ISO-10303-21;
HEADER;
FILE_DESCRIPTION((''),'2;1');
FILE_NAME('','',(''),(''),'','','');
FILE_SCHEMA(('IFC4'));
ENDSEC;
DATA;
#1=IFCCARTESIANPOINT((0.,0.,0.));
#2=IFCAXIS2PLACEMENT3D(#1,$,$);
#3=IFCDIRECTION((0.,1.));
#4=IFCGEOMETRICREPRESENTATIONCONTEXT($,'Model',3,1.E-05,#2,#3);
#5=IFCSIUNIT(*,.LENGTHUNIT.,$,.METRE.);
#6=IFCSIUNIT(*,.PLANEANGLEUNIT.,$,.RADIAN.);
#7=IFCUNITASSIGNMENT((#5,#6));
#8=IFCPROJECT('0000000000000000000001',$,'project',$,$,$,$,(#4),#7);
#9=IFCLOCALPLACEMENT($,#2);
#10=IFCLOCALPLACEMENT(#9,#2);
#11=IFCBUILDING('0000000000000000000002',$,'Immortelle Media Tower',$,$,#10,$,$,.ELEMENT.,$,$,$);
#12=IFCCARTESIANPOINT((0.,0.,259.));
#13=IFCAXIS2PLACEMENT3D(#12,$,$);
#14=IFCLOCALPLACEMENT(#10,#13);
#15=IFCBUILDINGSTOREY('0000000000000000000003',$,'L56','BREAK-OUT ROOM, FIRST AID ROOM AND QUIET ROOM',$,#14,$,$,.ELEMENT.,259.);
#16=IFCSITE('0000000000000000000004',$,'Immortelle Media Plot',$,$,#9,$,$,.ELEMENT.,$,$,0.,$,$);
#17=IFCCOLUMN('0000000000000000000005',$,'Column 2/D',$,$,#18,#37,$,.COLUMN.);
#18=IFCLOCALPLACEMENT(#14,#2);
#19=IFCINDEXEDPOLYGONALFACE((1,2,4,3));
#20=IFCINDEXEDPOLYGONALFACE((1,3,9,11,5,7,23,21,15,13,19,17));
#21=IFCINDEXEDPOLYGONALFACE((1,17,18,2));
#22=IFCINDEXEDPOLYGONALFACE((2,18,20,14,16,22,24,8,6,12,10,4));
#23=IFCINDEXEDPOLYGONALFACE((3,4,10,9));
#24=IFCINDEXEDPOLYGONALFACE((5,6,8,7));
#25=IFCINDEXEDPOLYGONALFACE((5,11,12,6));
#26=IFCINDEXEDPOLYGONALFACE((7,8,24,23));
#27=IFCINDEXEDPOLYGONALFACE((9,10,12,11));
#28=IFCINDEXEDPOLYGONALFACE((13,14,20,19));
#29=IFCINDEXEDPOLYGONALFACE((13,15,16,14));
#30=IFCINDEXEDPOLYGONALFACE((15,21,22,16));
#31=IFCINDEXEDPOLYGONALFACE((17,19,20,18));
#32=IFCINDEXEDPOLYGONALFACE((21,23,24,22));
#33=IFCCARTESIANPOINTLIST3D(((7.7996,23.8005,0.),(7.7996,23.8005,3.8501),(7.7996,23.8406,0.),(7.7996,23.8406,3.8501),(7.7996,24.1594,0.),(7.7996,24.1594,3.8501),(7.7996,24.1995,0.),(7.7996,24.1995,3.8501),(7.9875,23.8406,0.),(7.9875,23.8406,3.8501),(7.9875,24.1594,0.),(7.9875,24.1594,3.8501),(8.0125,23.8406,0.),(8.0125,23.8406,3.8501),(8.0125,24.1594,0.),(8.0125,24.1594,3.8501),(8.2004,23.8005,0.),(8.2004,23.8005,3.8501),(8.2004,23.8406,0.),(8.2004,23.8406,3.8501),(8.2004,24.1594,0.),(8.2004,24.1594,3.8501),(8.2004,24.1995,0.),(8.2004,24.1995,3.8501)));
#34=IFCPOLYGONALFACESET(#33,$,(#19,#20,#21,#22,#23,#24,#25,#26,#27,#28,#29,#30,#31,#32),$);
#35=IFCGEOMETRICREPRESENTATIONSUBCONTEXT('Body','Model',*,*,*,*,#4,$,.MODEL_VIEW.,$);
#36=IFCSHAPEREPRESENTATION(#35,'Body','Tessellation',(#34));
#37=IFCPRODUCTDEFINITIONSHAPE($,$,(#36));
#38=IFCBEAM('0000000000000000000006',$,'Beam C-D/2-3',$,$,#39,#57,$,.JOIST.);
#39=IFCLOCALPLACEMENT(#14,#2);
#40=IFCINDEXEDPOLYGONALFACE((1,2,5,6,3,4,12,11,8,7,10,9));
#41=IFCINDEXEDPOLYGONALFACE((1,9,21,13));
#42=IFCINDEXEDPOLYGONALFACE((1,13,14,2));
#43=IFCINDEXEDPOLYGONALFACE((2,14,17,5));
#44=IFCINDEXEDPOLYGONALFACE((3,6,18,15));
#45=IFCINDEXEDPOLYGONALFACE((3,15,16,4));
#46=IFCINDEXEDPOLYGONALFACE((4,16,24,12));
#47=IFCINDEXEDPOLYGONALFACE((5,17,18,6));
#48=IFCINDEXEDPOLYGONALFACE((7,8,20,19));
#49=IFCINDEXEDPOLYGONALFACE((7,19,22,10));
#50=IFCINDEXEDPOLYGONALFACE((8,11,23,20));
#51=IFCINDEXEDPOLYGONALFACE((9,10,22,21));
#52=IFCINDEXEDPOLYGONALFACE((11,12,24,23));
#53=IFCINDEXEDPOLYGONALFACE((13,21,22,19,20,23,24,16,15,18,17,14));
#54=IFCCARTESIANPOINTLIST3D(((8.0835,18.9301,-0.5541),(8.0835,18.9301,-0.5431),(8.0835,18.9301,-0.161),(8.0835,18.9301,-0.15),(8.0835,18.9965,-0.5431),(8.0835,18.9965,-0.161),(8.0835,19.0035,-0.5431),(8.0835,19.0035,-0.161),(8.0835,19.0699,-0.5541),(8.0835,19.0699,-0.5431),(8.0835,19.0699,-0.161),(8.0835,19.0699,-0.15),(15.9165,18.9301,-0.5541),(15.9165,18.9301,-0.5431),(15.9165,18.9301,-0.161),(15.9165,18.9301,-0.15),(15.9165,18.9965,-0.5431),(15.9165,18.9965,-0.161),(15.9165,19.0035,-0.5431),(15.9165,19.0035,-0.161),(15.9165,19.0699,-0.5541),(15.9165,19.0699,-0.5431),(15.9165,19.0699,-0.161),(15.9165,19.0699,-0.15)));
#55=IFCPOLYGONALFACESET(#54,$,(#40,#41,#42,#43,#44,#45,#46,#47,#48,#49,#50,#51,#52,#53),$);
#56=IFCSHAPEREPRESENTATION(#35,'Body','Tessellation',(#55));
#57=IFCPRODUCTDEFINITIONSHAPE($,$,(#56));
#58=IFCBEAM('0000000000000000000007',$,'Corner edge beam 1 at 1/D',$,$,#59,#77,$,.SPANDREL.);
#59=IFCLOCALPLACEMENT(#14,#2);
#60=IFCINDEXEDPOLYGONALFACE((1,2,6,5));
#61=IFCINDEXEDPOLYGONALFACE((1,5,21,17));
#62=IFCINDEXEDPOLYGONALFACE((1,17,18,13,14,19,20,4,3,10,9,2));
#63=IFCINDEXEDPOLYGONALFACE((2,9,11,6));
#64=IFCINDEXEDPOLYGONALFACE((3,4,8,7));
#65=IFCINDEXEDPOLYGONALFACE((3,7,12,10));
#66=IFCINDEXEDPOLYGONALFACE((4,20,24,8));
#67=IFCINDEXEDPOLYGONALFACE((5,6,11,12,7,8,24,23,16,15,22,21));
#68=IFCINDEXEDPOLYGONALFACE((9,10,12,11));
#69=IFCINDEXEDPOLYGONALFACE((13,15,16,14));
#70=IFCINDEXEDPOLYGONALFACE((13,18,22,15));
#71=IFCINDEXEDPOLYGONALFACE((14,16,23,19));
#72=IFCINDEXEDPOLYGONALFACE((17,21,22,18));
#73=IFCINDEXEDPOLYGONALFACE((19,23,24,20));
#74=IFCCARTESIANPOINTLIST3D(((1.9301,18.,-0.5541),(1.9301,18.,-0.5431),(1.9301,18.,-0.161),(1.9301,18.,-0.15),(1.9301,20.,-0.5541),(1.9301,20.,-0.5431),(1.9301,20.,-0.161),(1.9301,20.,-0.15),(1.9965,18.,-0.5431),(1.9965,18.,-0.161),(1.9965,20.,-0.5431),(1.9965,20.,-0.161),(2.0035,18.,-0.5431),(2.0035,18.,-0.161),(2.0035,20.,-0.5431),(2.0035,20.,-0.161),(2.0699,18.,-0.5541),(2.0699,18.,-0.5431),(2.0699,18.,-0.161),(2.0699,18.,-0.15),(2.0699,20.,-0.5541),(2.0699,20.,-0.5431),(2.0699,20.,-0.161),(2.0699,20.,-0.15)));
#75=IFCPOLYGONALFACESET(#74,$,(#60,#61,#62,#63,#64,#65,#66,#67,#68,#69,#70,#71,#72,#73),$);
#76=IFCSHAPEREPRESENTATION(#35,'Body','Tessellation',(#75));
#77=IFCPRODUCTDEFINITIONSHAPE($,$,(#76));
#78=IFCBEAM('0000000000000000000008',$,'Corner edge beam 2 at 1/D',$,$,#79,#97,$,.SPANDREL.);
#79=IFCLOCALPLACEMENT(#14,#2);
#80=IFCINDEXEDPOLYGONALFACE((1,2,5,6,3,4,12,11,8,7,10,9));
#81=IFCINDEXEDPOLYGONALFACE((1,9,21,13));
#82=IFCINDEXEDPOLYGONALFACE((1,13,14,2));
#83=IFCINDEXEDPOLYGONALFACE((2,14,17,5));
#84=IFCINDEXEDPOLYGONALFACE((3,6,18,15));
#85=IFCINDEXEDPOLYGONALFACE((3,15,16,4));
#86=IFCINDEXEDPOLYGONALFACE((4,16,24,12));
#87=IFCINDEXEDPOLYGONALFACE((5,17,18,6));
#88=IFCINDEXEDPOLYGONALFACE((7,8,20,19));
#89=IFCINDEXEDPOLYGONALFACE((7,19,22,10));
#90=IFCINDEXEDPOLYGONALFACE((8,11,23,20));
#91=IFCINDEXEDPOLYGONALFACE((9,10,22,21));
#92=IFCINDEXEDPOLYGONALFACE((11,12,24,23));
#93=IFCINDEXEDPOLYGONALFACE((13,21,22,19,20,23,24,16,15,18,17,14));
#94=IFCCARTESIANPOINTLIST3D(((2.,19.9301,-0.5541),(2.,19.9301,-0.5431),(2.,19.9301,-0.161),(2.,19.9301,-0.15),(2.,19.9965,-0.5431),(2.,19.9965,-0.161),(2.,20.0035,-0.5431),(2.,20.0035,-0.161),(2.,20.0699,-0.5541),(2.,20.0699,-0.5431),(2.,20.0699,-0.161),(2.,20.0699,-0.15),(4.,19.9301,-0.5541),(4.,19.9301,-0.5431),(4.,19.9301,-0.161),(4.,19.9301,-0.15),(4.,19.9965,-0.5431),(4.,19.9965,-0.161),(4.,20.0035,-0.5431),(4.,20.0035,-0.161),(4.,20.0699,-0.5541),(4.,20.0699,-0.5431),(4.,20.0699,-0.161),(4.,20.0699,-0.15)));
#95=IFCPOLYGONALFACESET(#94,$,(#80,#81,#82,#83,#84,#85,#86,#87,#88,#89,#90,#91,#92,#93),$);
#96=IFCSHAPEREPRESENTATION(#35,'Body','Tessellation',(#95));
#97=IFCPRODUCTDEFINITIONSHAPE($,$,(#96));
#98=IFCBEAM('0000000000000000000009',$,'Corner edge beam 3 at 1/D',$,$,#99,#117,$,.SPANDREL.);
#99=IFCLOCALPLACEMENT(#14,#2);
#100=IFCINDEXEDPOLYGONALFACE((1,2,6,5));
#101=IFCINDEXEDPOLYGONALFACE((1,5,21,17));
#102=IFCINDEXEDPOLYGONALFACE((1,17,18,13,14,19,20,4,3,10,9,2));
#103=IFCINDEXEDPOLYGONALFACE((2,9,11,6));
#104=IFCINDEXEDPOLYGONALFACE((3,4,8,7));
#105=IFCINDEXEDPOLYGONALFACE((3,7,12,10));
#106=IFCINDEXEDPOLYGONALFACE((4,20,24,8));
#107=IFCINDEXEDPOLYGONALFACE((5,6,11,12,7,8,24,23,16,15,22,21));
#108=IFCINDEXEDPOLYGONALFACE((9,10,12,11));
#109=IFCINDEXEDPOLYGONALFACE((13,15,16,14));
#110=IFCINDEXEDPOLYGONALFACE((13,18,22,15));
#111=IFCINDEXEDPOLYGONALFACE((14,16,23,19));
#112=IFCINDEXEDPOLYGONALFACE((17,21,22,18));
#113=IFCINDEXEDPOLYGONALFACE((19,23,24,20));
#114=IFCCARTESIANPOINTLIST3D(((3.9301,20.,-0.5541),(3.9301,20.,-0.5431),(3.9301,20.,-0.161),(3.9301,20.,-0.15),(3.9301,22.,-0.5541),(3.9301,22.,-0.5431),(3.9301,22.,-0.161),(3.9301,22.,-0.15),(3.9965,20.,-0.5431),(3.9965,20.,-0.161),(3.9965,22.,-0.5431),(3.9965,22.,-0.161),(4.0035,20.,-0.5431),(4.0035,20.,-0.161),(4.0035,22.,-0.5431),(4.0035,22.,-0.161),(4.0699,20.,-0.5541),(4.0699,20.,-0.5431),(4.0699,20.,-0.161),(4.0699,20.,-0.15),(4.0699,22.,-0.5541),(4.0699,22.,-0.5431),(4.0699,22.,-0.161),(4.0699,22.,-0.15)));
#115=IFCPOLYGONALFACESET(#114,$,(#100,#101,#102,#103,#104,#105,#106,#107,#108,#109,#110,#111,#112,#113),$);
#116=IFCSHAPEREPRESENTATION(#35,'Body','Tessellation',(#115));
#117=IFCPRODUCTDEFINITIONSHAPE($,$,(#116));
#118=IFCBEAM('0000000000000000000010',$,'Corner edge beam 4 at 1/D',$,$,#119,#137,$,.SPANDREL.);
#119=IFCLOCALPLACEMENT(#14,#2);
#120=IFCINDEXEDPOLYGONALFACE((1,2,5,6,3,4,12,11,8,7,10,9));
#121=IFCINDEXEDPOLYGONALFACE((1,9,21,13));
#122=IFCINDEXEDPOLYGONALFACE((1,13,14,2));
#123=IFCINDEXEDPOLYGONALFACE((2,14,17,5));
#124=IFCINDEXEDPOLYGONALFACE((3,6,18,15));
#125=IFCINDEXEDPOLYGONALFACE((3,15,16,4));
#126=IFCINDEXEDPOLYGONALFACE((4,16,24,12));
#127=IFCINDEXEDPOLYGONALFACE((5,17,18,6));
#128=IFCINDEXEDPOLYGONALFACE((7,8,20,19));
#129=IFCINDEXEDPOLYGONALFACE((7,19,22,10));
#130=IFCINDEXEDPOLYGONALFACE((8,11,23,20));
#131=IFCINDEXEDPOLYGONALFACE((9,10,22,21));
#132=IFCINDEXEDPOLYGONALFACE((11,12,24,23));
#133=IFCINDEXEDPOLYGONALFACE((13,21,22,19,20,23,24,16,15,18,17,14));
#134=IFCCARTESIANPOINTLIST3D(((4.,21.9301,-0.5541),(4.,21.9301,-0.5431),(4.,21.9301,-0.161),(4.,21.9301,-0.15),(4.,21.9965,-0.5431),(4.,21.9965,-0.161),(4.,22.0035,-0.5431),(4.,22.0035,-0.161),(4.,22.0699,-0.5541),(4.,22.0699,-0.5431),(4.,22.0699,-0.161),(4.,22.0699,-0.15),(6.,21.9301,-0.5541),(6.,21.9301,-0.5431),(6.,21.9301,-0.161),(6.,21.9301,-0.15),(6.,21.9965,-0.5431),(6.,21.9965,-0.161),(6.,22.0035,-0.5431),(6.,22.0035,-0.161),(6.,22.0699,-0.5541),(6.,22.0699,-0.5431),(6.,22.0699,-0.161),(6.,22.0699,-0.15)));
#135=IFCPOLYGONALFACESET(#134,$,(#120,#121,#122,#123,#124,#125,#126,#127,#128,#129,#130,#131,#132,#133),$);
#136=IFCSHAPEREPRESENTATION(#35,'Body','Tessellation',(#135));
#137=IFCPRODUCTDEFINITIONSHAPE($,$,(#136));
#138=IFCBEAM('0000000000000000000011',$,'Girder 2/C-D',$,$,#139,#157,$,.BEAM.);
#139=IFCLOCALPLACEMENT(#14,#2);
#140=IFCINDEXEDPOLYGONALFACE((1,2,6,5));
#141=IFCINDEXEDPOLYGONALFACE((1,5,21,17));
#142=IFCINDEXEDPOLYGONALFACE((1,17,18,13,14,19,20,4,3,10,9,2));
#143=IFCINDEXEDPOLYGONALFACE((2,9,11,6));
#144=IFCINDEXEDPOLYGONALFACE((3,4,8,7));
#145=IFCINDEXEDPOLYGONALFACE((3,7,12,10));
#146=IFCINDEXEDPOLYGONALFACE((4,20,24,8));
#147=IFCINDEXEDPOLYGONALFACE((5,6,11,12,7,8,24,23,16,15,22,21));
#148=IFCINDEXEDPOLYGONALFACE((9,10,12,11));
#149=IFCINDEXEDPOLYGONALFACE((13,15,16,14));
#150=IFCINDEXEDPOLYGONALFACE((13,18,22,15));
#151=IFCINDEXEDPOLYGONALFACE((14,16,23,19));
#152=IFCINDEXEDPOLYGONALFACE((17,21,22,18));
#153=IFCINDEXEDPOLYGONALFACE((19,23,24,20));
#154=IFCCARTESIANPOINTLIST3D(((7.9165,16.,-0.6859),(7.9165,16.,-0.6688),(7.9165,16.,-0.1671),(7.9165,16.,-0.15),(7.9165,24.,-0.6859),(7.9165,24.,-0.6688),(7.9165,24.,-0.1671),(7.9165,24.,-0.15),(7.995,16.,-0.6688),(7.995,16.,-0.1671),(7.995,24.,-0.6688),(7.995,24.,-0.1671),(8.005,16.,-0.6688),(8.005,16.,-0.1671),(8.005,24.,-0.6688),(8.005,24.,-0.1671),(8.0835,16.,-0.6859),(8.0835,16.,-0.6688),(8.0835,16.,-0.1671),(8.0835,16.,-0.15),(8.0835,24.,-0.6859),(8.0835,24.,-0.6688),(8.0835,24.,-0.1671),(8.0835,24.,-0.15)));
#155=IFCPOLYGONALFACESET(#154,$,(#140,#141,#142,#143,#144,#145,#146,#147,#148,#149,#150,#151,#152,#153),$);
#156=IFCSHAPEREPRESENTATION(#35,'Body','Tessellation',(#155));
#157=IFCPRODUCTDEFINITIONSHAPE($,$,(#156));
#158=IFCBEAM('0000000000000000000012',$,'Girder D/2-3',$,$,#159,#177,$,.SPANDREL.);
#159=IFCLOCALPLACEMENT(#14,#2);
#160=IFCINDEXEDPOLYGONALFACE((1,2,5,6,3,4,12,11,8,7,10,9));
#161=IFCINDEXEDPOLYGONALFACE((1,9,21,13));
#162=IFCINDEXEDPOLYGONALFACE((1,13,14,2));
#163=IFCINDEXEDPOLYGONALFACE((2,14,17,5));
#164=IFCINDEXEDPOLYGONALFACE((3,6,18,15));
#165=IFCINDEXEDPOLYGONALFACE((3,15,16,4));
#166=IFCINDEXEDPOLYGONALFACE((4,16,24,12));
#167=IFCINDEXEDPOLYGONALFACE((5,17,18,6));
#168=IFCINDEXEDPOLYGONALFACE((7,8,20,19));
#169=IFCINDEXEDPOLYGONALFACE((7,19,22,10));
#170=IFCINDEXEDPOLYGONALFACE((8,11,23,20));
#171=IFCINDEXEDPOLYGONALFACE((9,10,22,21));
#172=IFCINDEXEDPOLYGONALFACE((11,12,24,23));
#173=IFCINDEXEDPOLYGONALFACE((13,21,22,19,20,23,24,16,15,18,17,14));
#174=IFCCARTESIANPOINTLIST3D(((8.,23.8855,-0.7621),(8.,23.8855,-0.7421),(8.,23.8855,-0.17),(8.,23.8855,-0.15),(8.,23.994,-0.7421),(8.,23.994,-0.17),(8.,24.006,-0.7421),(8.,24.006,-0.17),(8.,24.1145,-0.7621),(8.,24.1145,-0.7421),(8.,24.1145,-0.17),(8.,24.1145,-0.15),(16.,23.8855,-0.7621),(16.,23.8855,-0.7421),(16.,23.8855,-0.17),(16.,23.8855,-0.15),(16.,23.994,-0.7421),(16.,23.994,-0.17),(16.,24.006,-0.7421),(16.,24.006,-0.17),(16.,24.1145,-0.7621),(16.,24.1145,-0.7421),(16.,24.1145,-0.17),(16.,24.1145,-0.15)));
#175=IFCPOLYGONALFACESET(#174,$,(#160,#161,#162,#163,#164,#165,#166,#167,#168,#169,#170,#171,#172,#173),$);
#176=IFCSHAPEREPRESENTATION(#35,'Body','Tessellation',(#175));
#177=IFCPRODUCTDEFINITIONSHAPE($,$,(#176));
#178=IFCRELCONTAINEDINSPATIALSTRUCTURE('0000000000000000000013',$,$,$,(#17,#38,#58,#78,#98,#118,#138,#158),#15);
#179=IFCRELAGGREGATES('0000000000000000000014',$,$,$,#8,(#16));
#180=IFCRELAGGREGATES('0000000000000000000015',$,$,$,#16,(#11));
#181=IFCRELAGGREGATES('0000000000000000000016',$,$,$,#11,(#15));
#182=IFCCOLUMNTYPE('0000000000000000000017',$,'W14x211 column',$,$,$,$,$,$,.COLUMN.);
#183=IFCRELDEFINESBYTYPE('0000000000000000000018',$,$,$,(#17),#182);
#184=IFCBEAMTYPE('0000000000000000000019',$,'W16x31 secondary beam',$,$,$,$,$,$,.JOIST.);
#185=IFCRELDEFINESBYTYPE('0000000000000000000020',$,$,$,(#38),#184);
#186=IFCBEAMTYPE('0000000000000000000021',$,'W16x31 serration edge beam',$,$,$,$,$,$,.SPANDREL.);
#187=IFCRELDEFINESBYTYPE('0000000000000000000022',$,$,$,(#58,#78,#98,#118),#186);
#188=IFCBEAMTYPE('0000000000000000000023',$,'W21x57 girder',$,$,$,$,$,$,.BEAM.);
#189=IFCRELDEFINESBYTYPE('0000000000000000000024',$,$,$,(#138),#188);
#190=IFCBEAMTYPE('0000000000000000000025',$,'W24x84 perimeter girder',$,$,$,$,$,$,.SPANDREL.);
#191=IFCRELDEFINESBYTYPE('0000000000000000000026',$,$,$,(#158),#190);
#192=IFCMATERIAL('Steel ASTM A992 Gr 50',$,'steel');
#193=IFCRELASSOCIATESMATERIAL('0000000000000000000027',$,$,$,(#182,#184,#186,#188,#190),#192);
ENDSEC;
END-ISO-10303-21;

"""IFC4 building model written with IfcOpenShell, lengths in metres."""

from ifc_helpers import new_model, si_unit, direction, frame, origin, origin_2d, place, context, subcontext, project, spatial, i_section, extrude, material, material_profile, profile_set, type_object, element, save


model = new_model("IFC4")

# Units and contexts
model_context = context("Model", 3, precision=1e-05, world=origin(), true_north=direction((0.0, 1.0)))
body_context = subcontext(model_context, "Body", "Model", "MODEL_VIEW")
ifc_project = project(units=[si_unit("LENGTHUNIT", "METRE"), si_unit("PLANEANGLEUNIT", "RADIAN")], contexts=[model_context])

# Site, building, storey
site_placement = place(None, origin())
site = spatial("IfcSite", under=ifc_project, at=site_placement, Name="Immortelle Media Plot", CompositionType="ELEMENT", RefElevation=0.0)
building_placement = place(site_placement, origin())
building = spatial("IfcBuilding", under=site, at=building_placement, Name="Immortelle Media Tower", CompositionType="ELEMENT")
storey_placement = place(building_placement, frame((0.0, 0.0, 259.0)))
storey = spatial("IfcBuildingStorey", under=building, at=storey_placement, Name="L56", Description="BREAK-OUT ROOM, FIRST AID ROOM AND QUIET ROOM", CompositionType="ELEMENT", Elevation=259.0)

# Column
ifc_material_1 = material(Name="Steel ASTM A992 Gr 50", Category="steel")
ifc_material_profile_1 = material_profile(ifc_material_1, i_section(OverallWidth=0.4009, OverallDepth=0.3989, WebThickness=0.0249, FlangeThickness=0.04, at=origin_2d()), Name="W14x211")
ifc_profile_set_1 = profile_set([ifc_material_profile_1], Name="Steel ASTM A992 Gr 50")
column_type = type_object("IfcColumnType", Name="W14x211 column", PredefinedType="COLUMN", material=ifc_profile_set_1)
column_placement = place(storey_placement, frame((8.0, 24.0, 0.0), z_axis=(0.0, 0.0, 1.0), x_axis=(1.0, 0.0, 0.0)))
element("IfcColumn", 1, at=column_placement, inside=storey, type_object=column_type, Name="Column 2/D", PredefinedType="COLUMN", context=body_context, shape_type="SweptSolid", body=[
    extrude(i_section(OverallWidth=0.4009, OverallDepth=0.3989, WebThickness=0.0249, FlangeThickness=0.04, at=origin_2d()), origin(), (0.0, 0.0, 1.0), 3.8501),
])

# Beams
ifc_material_profile_2 = material_profile(ifc_material_1, i_section(OverallWidth=0.1399, OverallDepth=0.4041, WebThickness=0.0071, FlangeThickness=0.011, at=origin_2d()), Name="W16x31")
ifc_profile_set_2 = profile_set([ifc_material_profile_2], Name="Steel ASTM A992 Gr 50")
beam_type_1 = type_object("IfcBeamType", Name="W16x31 secondary beam", PredefinedType="JOIST", material=ifc_profile_set_2)
beam_1_placement = place(storey_placement, frame((8.0835, 19.0, -0.3521), z_axis=(1.0, 0.0, 0.0), x_axis=(0.0, 1.0, 0.0)))
element("IfcBeam", 2, at=beam_1_placement, inside=storey, type_object=beam_type_1, Name="Beam C-D/2-3", PredefinedType="JOIST", context=body_context, shape_type="SweptSolid", body=[
    extrude(i_section(OverallWidth=0.1399, OverallDepth=0.4041, WebThickness=0.0071, FlangeThickness=0.011, at=origin_2d()), origin(), (0.0, 0.0, 1.0), 7.833),
])
ifc_material_profile_3 = material_profile(ifc_material_1, i_section(OverallWidth=0.1399, OverallDepth=0.4041, WebThickness=0.0071, FlangeThickness=0.011, at=origin_2d()), Name="W16x31")
ifc_profile_set_3 = profile_set([ifc_material_profile_3], Name="Steel ASTM A992 Gr 50")
beam_type_2 = type_object("IfcBeamType", Name="W16x31 serration edge beam", PredefinedType="SPANDREL", material=ifc_profile_set_3)
for number, where, z_axis, x_axis, name in (
    (3, (2.0, 18.0, -0.3521), (0.0, 1.0, 0.0), (-1.0, 0.0, 0.0), "Corner edge beam 1 at 1/D"),
    (4, (2.0, 20.0, -0.3521), (1.0, 0.0, 0.0), (0.0, 1.0, 0.0), "Corner edge beam 2 at 1/D"),
    (5, (4.0, 20.0, -0.3521), (0.0, 1.0, 0.0), (-1.0, 0.0, 0.0), "Corner edge beam 3 at 1/D"),
    (6, (4.0, 22.0, -0.3521), (1.0, 0.0, 0.0), (0.0, 1.0, 0.0), "Corner edge beam 4 at 1/D"),
):
    element("IfcBeam", number, at=place(storey_placement, frame(where, z_axis=z_axis, x_axis=x_axis)), inside=storey, type_object=beam_type_2, Name=name, PredefinedType="SPANDREL", context=body_context, shape_type="SweptSolid", body=[
        extrude(i_section(OverallWidth=0.1399, OverallDepth=0.4041, WebThickness=0.0071, FlangeThickness=0.011, at=origin_2d()), origin(), (0.0, 0.0, 1.0), 2.0),
    ])
ifc_material_profile_4 = material_profile(ifc_material_1, i_section(OverallWidth=0.167, OverallDepth=0.5359, WebThickness=0.01, FlangeThickness=0.0171, at=origin_2d()), Name="W21x57")
ifc_profile_set_4 = profile_set([ifc_material_profile_4], Name="Steel ASTM A992 Gr 50")
beam_type_3 = type_object("IfcBeamType", Name="W21x57 girder", PredefinedType="BEAM", material=ifc_profile_set_4)
beam_2_placement = place(storey_placement, frame((8.0, 16.0, -0.418), z_axis=(0.0, 1.0, 0.0), x_axis=(-1.0, 0.0, 0.0)))
element("IfcBeam", 7, at=beam_2_placement, inside=storey, type_object=beam_type_3, Name="Girder 2/C-D", PredefinedType="BEAM", context=body_context, shape_type="SweptSolid", body=[
    extrude(i_section(OverallWidth=0.167, OverallDepth=0.5359, WebThickness=0.01, FlangeThickness=0.0171, at=origin_2d()), origin(), (0.0, 0.0, 1.0), 8.0),
])
ifc_material_profile_5 = material_profile(ifc_material_1, i_section(OverallWidth=0.229, OverallDepth=0.6121, WebThickness=0.012, FlangeThickness=0.02, at=origin_2d()), Name="W24x84")
ifc_profile_set_5 = profile_set([ifc_material_profile_5], Name="Steel ASTM A992 Gr 50")
beam_type_4 = type_object("IfcBeamType", Name="W24x84 perimeter girder", PredefinedType="SPANDREL", material=ifc_profile_set_5)
beam_3_placement = place(storey_placement, frame((8.0, 24.0, -0.4561), z_axis=(1.0, 0.0, 0.0), x_axis=(0.0, 1.0, 0.0)))
element("IfcBeam", 8, at=beam_3_placement, inside=storey, type_object=beam_type_4, Name="Girder D/2-3", PredefinedType="SPANDREL", context=body_context, shape_type="SweptSolid", body=[
    extrude(i_section(OverallWidth=0.229, OverallDepth=0.6121, WebThickness=0.012, FlangeThickness=0.02, at=origin_2d()), origin(), (0.0, 0.0, 1.0), 8.0),
])

save(model, "model.ifc")
